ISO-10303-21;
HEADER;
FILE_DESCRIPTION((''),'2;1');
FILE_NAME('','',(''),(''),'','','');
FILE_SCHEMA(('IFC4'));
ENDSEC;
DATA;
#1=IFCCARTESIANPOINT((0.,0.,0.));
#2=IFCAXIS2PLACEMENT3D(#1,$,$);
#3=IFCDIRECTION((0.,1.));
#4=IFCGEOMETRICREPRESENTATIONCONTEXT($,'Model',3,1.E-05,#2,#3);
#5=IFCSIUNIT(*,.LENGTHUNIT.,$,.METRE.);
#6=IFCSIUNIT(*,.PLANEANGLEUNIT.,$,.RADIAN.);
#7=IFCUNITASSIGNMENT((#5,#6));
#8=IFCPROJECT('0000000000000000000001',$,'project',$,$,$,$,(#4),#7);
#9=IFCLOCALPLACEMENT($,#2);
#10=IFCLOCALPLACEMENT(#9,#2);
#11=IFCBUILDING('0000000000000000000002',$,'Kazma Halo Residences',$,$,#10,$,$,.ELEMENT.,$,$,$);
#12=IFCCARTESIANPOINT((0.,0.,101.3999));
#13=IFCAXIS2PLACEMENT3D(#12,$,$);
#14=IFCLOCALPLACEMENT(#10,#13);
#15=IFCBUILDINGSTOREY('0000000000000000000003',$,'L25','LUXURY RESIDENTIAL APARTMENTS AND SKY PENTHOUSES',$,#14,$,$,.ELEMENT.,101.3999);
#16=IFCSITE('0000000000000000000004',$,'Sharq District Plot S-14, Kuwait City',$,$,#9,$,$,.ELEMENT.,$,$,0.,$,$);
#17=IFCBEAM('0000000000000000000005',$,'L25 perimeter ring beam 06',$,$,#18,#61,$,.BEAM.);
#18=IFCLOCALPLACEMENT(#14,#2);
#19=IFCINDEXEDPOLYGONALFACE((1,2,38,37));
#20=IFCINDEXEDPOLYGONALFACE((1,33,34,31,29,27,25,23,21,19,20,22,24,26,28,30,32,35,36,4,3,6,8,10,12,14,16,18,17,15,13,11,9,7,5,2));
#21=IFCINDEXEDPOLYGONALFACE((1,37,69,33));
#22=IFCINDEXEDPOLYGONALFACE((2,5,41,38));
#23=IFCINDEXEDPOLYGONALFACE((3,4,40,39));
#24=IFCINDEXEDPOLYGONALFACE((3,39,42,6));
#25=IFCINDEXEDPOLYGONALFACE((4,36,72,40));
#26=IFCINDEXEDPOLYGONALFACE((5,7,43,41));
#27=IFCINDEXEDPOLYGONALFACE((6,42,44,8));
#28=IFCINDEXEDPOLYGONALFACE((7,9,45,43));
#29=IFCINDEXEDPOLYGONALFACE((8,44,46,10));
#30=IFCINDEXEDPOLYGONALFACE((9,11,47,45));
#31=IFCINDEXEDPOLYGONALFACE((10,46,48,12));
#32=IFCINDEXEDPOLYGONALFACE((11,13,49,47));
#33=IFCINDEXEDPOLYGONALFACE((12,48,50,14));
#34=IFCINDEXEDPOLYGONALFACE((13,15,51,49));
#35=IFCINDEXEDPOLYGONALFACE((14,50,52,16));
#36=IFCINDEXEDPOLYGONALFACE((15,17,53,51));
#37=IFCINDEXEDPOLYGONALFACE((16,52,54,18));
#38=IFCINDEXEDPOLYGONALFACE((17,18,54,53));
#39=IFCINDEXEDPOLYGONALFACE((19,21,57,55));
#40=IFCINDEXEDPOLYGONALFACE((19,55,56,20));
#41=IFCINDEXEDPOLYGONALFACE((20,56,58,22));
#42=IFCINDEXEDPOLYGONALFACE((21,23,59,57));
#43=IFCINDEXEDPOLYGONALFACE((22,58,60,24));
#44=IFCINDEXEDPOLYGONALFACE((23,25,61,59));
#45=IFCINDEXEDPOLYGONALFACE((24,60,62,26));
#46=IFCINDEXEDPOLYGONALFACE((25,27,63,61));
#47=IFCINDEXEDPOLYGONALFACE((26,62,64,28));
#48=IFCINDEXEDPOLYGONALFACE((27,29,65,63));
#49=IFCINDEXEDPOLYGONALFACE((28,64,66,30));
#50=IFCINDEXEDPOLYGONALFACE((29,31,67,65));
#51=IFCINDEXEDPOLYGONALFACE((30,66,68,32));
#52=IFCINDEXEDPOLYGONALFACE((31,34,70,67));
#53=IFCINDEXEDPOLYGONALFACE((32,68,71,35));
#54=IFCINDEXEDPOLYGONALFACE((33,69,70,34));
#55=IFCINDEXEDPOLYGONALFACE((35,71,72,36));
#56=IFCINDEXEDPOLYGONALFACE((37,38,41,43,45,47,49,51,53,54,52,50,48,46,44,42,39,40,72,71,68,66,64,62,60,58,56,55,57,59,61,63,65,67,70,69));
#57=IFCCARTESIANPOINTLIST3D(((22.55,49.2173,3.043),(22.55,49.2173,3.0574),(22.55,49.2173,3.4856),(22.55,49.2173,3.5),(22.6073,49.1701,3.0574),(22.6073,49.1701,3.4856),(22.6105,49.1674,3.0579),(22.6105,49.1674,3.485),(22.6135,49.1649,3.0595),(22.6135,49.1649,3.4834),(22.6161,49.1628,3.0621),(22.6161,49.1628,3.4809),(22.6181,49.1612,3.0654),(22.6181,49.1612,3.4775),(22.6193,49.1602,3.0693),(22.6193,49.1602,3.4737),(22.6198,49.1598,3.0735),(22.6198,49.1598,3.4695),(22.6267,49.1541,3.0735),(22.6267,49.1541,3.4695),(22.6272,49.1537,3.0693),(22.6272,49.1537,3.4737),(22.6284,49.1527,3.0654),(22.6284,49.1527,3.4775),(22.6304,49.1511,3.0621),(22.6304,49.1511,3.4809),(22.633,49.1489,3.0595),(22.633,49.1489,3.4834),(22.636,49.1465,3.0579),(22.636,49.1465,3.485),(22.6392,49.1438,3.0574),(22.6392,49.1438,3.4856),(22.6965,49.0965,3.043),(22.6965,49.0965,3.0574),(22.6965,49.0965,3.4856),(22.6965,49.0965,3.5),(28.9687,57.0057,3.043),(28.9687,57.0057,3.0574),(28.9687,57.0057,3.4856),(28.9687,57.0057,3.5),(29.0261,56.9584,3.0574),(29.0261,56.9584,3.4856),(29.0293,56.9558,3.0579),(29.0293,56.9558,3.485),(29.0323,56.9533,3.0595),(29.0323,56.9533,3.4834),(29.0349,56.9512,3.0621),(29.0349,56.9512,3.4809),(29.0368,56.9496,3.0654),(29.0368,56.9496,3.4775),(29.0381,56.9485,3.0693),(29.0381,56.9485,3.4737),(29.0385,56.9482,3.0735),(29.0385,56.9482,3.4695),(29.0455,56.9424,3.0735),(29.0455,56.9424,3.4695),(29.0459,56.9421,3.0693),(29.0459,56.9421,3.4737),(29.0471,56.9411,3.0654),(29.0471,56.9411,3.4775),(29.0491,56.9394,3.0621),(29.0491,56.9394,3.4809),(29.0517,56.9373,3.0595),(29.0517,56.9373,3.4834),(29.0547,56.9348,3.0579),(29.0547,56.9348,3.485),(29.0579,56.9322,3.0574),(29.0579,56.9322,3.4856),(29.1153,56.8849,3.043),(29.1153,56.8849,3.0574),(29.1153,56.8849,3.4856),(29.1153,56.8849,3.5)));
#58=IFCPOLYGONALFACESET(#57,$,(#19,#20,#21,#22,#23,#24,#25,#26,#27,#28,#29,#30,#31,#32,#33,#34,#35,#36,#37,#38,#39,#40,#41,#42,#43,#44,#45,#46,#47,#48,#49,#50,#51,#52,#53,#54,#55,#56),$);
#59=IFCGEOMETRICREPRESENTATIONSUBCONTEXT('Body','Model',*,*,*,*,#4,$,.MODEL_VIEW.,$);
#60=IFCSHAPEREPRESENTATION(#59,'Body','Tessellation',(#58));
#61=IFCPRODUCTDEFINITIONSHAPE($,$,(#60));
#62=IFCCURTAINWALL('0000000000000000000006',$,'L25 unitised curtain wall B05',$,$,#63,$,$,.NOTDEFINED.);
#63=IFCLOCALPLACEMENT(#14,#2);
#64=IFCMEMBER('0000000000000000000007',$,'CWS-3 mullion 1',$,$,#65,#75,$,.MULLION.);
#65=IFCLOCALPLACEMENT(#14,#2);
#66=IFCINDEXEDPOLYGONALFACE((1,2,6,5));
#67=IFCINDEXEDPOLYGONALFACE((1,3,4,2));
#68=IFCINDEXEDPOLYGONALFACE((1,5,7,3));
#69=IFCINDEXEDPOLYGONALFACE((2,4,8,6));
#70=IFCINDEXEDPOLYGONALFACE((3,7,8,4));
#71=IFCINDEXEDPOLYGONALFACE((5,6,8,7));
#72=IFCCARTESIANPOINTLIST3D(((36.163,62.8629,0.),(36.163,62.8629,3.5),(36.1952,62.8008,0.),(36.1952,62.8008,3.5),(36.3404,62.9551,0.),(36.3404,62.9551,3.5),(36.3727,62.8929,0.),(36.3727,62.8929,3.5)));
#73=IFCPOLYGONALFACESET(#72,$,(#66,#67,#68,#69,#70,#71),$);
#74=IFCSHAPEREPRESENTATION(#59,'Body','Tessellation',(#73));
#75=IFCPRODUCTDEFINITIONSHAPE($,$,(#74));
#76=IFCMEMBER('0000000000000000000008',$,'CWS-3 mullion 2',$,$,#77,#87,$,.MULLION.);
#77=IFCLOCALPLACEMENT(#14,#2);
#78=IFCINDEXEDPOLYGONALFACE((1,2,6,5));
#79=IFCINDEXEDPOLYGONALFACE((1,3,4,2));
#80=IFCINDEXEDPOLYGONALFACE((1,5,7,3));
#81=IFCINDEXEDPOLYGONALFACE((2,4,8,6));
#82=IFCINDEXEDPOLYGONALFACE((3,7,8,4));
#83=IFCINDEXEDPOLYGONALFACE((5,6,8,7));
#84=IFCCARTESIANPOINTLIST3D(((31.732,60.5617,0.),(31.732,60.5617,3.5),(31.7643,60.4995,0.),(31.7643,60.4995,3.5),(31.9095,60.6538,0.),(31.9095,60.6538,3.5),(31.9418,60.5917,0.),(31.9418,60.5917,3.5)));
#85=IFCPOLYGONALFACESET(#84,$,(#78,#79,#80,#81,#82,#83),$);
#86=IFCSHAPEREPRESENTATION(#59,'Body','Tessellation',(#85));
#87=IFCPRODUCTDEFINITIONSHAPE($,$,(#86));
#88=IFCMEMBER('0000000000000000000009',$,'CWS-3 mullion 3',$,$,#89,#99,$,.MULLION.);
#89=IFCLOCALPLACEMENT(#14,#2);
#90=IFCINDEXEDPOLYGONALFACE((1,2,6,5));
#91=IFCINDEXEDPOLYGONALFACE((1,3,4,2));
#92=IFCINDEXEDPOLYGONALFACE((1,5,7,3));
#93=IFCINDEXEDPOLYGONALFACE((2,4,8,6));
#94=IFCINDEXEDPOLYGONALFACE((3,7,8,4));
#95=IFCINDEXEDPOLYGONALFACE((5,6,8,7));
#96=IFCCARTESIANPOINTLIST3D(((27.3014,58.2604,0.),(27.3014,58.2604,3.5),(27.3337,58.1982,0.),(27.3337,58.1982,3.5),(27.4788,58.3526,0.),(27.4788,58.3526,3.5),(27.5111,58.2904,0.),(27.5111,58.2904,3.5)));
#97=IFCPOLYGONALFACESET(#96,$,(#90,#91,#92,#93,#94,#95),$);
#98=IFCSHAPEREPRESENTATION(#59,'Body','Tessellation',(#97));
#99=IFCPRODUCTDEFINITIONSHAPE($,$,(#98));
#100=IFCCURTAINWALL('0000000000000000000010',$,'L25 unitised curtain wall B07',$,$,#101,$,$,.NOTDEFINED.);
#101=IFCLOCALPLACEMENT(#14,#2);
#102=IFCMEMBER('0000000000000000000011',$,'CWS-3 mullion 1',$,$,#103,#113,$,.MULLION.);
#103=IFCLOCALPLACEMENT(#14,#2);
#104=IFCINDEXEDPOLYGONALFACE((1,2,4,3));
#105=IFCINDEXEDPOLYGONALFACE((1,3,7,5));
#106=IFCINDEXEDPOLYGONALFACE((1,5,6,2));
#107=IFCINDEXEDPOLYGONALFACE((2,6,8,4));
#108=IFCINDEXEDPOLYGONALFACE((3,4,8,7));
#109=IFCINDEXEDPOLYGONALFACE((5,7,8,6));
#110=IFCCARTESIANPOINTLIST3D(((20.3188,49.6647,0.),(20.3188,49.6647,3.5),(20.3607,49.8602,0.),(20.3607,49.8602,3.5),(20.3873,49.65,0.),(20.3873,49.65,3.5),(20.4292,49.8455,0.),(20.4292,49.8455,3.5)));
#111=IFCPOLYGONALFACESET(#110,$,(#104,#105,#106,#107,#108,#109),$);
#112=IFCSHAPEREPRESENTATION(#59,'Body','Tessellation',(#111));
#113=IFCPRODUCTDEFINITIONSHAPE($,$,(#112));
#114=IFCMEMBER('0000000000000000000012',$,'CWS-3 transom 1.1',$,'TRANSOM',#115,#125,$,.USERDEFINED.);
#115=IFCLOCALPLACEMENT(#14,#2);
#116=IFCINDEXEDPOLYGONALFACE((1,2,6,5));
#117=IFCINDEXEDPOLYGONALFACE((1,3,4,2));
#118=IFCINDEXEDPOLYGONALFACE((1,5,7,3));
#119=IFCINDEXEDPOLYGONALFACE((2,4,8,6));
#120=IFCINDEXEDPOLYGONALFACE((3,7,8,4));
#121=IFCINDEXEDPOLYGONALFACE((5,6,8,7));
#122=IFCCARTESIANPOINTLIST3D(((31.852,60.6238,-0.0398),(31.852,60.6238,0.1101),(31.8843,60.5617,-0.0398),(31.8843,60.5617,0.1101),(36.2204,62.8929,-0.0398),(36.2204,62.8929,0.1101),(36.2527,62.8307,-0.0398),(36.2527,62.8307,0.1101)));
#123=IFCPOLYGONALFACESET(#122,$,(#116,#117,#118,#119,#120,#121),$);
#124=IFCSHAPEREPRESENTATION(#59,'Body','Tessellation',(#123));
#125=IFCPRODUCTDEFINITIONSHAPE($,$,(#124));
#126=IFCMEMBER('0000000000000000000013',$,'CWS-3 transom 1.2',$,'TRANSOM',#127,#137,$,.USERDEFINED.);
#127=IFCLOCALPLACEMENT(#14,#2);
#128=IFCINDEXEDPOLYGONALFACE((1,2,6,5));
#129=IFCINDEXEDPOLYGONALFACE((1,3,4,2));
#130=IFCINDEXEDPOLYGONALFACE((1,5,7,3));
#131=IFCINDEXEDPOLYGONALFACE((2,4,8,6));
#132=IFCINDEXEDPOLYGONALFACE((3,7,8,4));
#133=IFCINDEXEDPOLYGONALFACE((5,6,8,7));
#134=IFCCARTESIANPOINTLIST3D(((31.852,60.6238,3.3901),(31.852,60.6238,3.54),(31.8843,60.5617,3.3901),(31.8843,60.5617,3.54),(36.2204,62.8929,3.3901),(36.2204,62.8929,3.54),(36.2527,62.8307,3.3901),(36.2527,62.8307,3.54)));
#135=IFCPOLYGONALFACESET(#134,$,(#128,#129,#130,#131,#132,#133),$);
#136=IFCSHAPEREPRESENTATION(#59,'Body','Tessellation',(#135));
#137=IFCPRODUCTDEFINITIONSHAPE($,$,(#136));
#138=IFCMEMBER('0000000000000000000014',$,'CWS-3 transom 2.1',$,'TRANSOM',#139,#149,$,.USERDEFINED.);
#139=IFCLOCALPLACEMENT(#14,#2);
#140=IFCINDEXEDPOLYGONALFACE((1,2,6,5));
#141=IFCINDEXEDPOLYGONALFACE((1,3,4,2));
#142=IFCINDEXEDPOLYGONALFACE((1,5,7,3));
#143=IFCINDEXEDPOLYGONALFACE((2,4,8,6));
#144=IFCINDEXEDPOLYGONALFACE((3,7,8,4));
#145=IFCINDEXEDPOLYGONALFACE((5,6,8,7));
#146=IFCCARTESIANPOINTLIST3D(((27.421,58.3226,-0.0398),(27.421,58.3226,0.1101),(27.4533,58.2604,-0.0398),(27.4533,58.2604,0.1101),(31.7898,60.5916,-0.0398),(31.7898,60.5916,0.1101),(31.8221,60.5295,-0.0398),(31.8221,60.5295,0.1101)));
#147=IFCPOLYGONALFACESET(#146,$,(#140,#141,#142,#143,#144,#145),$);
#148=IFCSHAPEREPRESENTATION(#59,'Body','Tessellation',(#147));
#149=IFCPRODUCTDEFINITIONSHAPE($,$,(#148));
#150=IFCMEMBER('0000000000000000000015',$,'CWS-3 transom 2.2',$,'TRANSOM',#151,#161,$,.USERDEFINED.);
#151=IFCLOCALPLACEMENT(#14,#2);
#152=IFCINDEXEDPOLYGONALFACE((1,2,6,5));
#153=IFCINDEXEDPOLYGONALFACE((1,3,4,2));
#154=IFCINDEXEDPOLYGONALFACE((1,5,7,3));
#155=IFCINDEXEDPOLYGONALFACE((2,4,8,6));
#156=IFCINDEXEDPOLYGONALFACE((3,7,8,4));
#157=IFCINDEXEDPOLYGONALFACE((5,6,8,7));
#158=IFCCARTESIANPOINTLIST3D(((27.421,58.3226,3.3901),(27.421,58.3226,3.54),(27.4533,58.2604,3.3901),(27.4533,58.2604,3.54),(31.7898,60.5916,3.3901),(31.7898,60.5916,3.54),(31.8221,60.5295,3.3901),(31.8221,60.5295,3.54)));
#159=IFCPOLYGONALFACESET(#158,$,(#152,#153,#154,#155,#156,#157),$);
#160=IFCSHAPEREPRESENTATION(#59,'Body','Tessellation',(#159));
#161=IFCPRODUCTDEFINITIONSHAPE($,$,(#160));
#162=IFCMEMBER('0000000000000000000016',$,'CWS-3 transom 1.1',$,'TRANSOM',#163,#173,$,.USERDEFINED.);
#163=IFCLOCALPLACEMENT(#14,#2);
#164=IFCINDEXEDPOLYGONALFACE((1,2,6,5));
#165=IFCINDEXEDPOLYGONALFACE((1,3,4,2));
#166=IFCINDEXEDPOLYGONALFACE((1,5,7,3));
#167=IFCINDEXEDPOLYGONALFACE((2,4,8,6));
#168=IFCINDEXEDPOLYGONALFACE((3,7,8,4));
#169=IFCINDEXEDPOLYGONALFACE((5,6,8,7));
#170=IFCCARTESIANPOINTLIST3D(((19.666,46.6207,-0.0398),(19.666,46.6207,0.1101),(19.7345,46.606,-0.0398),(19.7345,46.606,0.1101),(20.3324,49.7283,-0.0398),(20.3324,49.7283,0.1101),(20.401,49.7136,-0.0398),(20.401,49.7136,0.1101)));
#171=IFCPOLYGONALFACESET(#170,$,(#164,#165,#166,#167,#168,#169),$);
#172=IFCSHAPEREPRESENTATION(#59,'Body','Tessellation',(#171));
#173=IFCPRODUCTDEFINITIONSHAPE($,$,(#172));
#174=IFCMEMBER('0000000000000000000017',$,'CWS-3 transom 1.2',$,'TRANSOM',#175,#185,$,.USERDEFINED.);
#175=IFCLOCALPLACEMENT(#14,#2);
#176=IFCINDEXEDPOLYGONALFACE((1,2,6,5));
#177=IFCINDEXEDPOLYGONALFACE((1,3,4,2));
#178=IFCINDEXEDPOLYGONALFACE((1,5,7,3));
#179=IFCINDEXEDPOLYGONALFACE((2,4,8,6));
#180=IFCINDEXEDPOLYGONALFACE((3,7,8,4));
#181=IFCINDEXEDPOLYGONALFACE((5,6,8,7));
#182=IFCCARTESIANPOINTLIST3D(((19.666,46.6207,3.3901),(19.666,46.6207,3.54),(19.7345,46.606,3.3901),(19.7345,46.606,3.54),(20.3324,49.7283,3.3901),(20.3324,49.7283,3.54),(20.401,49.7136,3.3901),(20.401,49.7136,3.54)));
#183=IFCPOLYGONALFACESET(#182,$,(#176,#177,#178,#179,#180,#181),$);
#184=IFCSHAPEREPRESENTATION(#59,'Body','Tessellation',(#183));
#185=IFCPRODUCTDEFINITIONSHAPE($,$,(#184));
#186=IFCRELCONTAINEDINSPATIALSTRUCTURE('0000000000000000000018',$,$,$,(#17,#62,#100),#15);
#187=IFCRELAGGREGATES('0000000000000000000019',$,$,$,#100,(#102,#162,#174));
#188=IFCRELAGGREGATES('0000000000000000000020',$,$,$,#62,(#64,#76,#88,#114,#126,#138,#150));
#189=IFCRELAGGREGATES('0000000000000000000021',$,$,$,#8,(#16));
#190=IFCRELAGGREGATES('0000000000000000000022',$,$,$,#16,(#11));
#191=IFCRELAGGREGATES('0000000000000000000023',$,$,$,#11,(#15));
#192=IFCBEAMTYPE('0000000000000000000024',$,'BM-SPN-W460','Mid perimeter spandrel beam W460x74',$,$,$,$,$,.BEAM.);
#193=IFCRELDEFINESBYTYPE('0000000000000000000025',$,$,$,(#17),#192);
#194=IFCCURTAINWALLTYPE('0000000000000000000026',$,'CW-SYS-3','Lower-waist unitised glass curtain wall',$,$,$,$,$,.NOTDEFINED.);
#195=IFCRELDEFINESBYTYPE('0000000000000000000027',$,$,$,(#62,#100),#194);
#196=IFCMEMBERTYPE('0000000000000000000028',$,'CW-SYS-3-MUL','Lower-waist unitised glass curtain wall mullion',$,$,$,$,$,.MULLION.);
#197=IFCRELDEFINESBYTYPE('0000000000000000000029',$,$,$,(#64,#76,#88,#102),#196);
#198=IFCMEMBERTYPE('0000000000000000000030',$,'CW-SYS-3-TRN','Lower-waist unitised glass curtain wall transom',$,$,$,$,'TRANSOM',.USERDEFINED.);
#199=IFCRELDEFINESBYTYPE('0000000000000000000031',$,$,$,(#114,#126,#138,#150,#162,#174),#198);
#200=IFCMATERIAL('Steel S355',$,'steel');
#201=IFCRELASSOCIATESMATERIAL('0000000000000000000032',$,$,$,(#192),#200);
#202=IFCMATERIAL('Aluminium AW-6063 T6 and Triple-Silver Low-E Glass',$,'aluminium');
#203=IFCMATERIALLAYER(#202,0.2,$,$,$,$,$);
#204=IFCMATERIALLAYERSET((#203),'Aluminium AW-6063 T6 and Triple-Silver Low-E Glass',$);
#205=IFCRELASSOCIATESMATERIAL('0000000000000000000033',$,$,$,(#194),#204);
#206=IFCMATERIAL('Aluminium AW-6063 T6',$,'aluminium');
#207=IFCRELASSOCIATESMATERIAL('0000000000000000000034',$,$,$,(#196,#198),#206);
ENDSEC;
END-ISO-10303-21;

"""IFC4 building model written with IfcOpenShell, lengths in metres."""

from ifc_helpers import new_model, si_unit, direction, frame, origin, origin_2d, place, context, subcontext, project, spatial, rectangle, i_section, extrude, material, layer, layer_set, material_profile, profile_set, type_object, element, aggregate, save


model = new_model("IFC4")

# Units and contexts
model_context = context("Model", 3, precision=1e-05, world=origin(), true_north=direction((0.0, 1.0)))
body_context = subcontext(model_context, "Body", "Model", "MODEL_VIEW")
ifc_project = project(units=[si_unit("LENGTHUNIT", "METRE"), si_unit("PLANEANGLEUNIT", "RADIAN")], contexts=[model_context])

# Site, building, storey
site_placement = place(None, origin())
site = spatial("IfcSite", under=ifc_project, at=site_placement, Name="Sharq District Plot S-14, Kuwait City", CompositionType="ELEMENT", RefElevation=0.0)
building_placement = place(site_placement, origin())
building = spatial("IfcBuilding", under=site, at=building_placement, Name="Kazma Halo Residences", CompositionType="ELEMENT")
storey_placement = place(building_placement, frame((0.0, 0.0, 101.3999)))
storey = spatial("IfcBuildingStorey", under=building, at=storey_placement, Name="L25", Description="LUXURY RESIDENTIAL APARTMENTS AND SKY PENTHOUSES", CompositionType="ELEMENT", Elevation=101.3999)

# Beam
ifc_material_1 = material(Name="Steel S355", Category="steel")
ifc_material_profile_1 = material_profile(ifc_material_1, i_section(OverallWidth=0.1899, OverallDepth=0.457, WebThickness=0.009, FlangeThickness=0.0144, FilletRadius=0.0161, at=origin_2d()), Name="W460x74")
ifc_profile_set_1 = profile_set([ifc_material_profile_1], Name="Steel S355")
beam_type_1 = type_object("IfcBeamType", Name="BM-SPN-W460", Description="Mid perimeter spandrel beam W460x74", PredefinedType="BEAM", material=ifc_profile_set_1)
beam_1_placement = place(storey_placement, frame((29.042, 56.9453, 3.2715), z_axis=(-0.63599, -0.771698, 0.0), x_axis=(0.771698, -0.63599, 0.0)))
element("IfcBeam", 1, at=beam_1_placement, inside=storey, type_object=beam_type_1, Name="L25 perimeter ring beam 06", PredefinedType="BEAM", context=body_context, shape_type="SweptSolid", body=[
    extrude(i_section(OverallWidth=0.1899, OverallDepth=0.457, WebThickness=0.009, FlangeThickness=0.0144, FilletRadius=0.0161, at=origin_2d()), origin(), (0.0, 0.0, 1.0), 10.0925),
])

# Curtain wall, members
ifc_material_2 = material(Name="Aluminium AW-6063 T6 and Triple-Silver Low-E Glass", Category="aluminium")
ifc_layer_1 = layer(ifc_material_2, 0.2)
ifc_layer_set_1 = layer_set([ifc_layer_1], Name="Aluminium AW-6063 T6 and Triple-Silver Low-E Glass")
curtain_wall_type = type_object("IfcCurtainWallType", Name="CW-SYS-3", Description="Lower-waist unitised glass curtain wall", PredefinedType="NOTDEFINED", material=ifc_layer_set_1)
curtain_wall_1_placement = place(storey_placement, origin())
curtain_wall_1 = element("IfcCurtainWall", 2, at=curtain_wall_1_placement, inside=storey, type_object=curtain_wall_type, Name="L25 unitised curtain wall B05", PredefinedType="NOTDEFINED")
ifc_material_3 = material(Name="Aluminium AW-6063 T6", Category="aluminium")
ifc_material_profile_2 = material_profile(ifc_material_3, rectangle(XDim=0.0701, YDim=0.2, at=origin_2d()), Name="CWM-70x200")
ifc_profile_set_2 = profile_set([ifc_material_profile_2], Name="Aluminium AW-6063 T6")
member_type_1 = type_object("IfcMemberType", Name="CW-SYS-3-MUL", Description="Lower-waist unitised glass curtain wall mullion", PredefinedType="MULLION", material=ifc_profile_set_2)
member_1_placement = place(storey_placement, frame((36.2678, 62.8779, 0.0), z_axis=(0.0, 0.0, 1.0), x_axis=(0.460932, -0.887435, 0.0)))
member_1 = element("IfcMember", 3, at=member_1_placement, type_object=member_type_1, Name="CWS-3 mullion 1", PredefinedType="MULLION", context=body_context, shape_type="SweptSolid", body=[
    extrude(rectangle(XDim=0.0701, YDim=0.2, at=origin_2d()), origin(), (0.0, 0.0, 1.0), 3.5),
])
member_2_placement = place(storey_placement, frame((31.8369, 60.5767, 0.0), z_axis=(0.0, 0.0, 1.0), x_axis=(0.460932, -0.887435, 0.0)))
member_2 = element("IfcMember", 4, at=member_2_placement, type_object=member_type_1, Name="CWS-3 mullion 2", PredefinedType="MULLION", context=body_context, shape_type="SweptSolid", body=[
    extrude(rectangle(XDim=0.0701, YDim=0.2, at=origin_2d()), origin(), (0.0, 0.0, 1.0), 3.5),
])
member_3_placement = place(storey_placement, frame((27.4062, 58.2754, 0.0), z_axis=(0.0, 0.0, 1.0), x_axis=(0.460932, -0.887435, 0.0)))
member_3 = element("IfcMember", 5, at=member_3_placement, type_object=member_type_1, Name="CWS-3 mullion 3", PredefinedType="MULLION", context=body_context, shape_type="SweptSolid", body=[
    extrude(rectangle(XDim=0.0701, YDim=0.2, at=origin_2d()), origin(), (0.0, 0.0, 1.0), 3.5),
])

# Curtain wall, member
curtain_wall_2_placement = place(storey_placement, origin())
curtain_wall_2 = element("IfcCurtainWall", 6, at=curtain_wall_2_placement, inside=storey, type_object=curtain_wall_type, Name="L25 unitised curtain wall B07", PredefinedType="NOTDEFINED")
member_4_placement = place(storey_placement, frame((20.374, 49.7551, 0.0), z_axis=(0.0, 0.0, 1.0), x_axis=(0.977774, -0.209661, 0.0)))
member_4 = element("IfcMember", 7, at=member_4_placement, type_object=member_type_1, Name="CWS-3 mullion 1", PredefinedType="MULLION", context=body_context, shape_type="SweptSolid", body=[
    extrude(rectangle(XDim=0.0701, YDim=0.2, at=origin_2d()), origin(), (0.0, 0.0, 1.0), 3.5),
])

# Members
ifc_material_profile_3 = material_profile(ifc_material_3, rectangle(XDim=0.0701, YDim=0.1499, at=origin_2d()), Name="CWT-70x150")
ifc_profile_set_3 = profile_set([ifc_material_profile_3], Name="Aluminium AW-6063 T6")
member_type_2 = type_object("IfcMemberType", Name="CW-SYS-3-TRN", Description="Lower-waist unitised glass curtain wall transom", ElementType="TRANSOM", PredefinedType="USERDEFINED", material=ifc_profile_set_3)
member_5_placement = place(storey_placement, frame((36.2366, 62.8618, 0.0352), z_axis=(-0.887427, -0.460948, 0.0), x_axis=(0.460948, -0.887427, 0.0)))
member_5 = element("IfcMember", 8, at=member_5_placement, type_object=member_type_2, Name="CWS-3 transom 1.1", ObjectType="TRANSOM", PredefinedType="USERDEFINED", context=body_context, shape_type="SweptSolid", body=[
    extrude(rectangle(XDim=0.0701, YDim=0.1499, at=origin_2d()), origin(), (0.0, 0.0, 1.0), 4.9226),
])
member_6_placement = place(storey_placement, frame((36.2366, 62.8618, 3.4651), z_axis=(-0.887427, -0.460948, 0.0), x_axis=(0.460948, -0.887427, 0.0)))
member_6 = element("IfcMember", 9, at=member_6_placement, type_object=member_type_2, Name="CWS-3 transom 1.2", ObjectType="TRANSOM", PredefinedType="USERDEFINED", context=body_context, shape_type="SweptSolid", body=[
    extrude(rectangle(XDim=0.0701, YDim=0.1499, at=origin_2d()), origin(), (0.0, 0.0, 1.0), 4.9226),
])
member_7_placement = place(storey_placement, frame((31.8059, 60.5605, 0.0352), z_axis=(-0.887438, -0.460928, 0.0), x_axis=(0.460928, -0.887438, 0.0)))
member_7 = element("IfcMember", 10, at=member_7_placement, type_object=member_type_2, Name="CWS-3 transom 2.1", ObjectType="TRANSOM", PredefinedType="USERDEFINED", context=body_context, shape_type="SweptSolid", body=[
    extrude(rectangle(XDim=0.0701, YDim=0.1499, at=origin_2d()), origin(), (0.0, 0.0, 1.0), 4.9229),
])
member_8_placement = place(storey_placement, frame((31.8059, 60.5605, 3.4651), z_axis=(-0.887438, -0.460928, 0.0), x_axis=(0.460928, -0.887438, 0.0)))
member_8 = element("IfcMember", 11, at=member_8_placement, type_object=member_type_2, Name="CWS-3 transom 2.2", ObjectType="TRANSOM", PredefinedType="USERDEFINED", context=body_context, shape_type="SweptSolid", body=[
    extrude(rectangle(XDim=0.0701, YDim=0.1499, at=origin_2d()), origin(), (0.0, 0.0, 1.0), 4.9229),
])
member_9_placement = place(storey_placement, frame((20.3667, 49.7209, 0.0352), z_axis=(-0.209702, -0.977765, 0.0), x_axis=(0.977765, -0.209702, 0.0)))
member_9 = element("IfcMember", 12, at=member_9_placement, type_object=member_type_2, Name="CWS-3 transom 1.1", ObjectType="TRANSOM", PredefinedType="USERDEFINED", context=body_context, shape_type="SweptSolid", body=[
    extrude(rectangle(XDim=0.0701, YDim=0.1499, at=origin_2d()), origin(), (0.0, 0.0, 1.0), 3.1782),
])
member_10_placement = place(storey_placement, frame((20.3667, 49.7209, 3.4651), z_axis=(-0.209702, -0.977765, 0.0), x_axis=(0.977765, -0.209702, 0.0)))
member_10 = element("IfcMember", 13, at=member_10_placement, type_object=member_type_2, Name="CWS-3 transom 1.2", ObjectType="TRANSOM", PredefinedType="USERDEFINED", context=body_context, shape_type="SweptSolid", body=[
    extrude(rectangle(XDim=0.0701, YDim=0.1499, at=origin_2d()), origin(), (0.0, 0.0, 1.0), 3.1782),
])
aggregate(curtain_wall_2, [member_4, member_9, member_10])

aggregate(curtain_wall_1, [member_1, member_2, member_3, member_5, member_6, member_7, member_8])

save(model, "model.ifc")
